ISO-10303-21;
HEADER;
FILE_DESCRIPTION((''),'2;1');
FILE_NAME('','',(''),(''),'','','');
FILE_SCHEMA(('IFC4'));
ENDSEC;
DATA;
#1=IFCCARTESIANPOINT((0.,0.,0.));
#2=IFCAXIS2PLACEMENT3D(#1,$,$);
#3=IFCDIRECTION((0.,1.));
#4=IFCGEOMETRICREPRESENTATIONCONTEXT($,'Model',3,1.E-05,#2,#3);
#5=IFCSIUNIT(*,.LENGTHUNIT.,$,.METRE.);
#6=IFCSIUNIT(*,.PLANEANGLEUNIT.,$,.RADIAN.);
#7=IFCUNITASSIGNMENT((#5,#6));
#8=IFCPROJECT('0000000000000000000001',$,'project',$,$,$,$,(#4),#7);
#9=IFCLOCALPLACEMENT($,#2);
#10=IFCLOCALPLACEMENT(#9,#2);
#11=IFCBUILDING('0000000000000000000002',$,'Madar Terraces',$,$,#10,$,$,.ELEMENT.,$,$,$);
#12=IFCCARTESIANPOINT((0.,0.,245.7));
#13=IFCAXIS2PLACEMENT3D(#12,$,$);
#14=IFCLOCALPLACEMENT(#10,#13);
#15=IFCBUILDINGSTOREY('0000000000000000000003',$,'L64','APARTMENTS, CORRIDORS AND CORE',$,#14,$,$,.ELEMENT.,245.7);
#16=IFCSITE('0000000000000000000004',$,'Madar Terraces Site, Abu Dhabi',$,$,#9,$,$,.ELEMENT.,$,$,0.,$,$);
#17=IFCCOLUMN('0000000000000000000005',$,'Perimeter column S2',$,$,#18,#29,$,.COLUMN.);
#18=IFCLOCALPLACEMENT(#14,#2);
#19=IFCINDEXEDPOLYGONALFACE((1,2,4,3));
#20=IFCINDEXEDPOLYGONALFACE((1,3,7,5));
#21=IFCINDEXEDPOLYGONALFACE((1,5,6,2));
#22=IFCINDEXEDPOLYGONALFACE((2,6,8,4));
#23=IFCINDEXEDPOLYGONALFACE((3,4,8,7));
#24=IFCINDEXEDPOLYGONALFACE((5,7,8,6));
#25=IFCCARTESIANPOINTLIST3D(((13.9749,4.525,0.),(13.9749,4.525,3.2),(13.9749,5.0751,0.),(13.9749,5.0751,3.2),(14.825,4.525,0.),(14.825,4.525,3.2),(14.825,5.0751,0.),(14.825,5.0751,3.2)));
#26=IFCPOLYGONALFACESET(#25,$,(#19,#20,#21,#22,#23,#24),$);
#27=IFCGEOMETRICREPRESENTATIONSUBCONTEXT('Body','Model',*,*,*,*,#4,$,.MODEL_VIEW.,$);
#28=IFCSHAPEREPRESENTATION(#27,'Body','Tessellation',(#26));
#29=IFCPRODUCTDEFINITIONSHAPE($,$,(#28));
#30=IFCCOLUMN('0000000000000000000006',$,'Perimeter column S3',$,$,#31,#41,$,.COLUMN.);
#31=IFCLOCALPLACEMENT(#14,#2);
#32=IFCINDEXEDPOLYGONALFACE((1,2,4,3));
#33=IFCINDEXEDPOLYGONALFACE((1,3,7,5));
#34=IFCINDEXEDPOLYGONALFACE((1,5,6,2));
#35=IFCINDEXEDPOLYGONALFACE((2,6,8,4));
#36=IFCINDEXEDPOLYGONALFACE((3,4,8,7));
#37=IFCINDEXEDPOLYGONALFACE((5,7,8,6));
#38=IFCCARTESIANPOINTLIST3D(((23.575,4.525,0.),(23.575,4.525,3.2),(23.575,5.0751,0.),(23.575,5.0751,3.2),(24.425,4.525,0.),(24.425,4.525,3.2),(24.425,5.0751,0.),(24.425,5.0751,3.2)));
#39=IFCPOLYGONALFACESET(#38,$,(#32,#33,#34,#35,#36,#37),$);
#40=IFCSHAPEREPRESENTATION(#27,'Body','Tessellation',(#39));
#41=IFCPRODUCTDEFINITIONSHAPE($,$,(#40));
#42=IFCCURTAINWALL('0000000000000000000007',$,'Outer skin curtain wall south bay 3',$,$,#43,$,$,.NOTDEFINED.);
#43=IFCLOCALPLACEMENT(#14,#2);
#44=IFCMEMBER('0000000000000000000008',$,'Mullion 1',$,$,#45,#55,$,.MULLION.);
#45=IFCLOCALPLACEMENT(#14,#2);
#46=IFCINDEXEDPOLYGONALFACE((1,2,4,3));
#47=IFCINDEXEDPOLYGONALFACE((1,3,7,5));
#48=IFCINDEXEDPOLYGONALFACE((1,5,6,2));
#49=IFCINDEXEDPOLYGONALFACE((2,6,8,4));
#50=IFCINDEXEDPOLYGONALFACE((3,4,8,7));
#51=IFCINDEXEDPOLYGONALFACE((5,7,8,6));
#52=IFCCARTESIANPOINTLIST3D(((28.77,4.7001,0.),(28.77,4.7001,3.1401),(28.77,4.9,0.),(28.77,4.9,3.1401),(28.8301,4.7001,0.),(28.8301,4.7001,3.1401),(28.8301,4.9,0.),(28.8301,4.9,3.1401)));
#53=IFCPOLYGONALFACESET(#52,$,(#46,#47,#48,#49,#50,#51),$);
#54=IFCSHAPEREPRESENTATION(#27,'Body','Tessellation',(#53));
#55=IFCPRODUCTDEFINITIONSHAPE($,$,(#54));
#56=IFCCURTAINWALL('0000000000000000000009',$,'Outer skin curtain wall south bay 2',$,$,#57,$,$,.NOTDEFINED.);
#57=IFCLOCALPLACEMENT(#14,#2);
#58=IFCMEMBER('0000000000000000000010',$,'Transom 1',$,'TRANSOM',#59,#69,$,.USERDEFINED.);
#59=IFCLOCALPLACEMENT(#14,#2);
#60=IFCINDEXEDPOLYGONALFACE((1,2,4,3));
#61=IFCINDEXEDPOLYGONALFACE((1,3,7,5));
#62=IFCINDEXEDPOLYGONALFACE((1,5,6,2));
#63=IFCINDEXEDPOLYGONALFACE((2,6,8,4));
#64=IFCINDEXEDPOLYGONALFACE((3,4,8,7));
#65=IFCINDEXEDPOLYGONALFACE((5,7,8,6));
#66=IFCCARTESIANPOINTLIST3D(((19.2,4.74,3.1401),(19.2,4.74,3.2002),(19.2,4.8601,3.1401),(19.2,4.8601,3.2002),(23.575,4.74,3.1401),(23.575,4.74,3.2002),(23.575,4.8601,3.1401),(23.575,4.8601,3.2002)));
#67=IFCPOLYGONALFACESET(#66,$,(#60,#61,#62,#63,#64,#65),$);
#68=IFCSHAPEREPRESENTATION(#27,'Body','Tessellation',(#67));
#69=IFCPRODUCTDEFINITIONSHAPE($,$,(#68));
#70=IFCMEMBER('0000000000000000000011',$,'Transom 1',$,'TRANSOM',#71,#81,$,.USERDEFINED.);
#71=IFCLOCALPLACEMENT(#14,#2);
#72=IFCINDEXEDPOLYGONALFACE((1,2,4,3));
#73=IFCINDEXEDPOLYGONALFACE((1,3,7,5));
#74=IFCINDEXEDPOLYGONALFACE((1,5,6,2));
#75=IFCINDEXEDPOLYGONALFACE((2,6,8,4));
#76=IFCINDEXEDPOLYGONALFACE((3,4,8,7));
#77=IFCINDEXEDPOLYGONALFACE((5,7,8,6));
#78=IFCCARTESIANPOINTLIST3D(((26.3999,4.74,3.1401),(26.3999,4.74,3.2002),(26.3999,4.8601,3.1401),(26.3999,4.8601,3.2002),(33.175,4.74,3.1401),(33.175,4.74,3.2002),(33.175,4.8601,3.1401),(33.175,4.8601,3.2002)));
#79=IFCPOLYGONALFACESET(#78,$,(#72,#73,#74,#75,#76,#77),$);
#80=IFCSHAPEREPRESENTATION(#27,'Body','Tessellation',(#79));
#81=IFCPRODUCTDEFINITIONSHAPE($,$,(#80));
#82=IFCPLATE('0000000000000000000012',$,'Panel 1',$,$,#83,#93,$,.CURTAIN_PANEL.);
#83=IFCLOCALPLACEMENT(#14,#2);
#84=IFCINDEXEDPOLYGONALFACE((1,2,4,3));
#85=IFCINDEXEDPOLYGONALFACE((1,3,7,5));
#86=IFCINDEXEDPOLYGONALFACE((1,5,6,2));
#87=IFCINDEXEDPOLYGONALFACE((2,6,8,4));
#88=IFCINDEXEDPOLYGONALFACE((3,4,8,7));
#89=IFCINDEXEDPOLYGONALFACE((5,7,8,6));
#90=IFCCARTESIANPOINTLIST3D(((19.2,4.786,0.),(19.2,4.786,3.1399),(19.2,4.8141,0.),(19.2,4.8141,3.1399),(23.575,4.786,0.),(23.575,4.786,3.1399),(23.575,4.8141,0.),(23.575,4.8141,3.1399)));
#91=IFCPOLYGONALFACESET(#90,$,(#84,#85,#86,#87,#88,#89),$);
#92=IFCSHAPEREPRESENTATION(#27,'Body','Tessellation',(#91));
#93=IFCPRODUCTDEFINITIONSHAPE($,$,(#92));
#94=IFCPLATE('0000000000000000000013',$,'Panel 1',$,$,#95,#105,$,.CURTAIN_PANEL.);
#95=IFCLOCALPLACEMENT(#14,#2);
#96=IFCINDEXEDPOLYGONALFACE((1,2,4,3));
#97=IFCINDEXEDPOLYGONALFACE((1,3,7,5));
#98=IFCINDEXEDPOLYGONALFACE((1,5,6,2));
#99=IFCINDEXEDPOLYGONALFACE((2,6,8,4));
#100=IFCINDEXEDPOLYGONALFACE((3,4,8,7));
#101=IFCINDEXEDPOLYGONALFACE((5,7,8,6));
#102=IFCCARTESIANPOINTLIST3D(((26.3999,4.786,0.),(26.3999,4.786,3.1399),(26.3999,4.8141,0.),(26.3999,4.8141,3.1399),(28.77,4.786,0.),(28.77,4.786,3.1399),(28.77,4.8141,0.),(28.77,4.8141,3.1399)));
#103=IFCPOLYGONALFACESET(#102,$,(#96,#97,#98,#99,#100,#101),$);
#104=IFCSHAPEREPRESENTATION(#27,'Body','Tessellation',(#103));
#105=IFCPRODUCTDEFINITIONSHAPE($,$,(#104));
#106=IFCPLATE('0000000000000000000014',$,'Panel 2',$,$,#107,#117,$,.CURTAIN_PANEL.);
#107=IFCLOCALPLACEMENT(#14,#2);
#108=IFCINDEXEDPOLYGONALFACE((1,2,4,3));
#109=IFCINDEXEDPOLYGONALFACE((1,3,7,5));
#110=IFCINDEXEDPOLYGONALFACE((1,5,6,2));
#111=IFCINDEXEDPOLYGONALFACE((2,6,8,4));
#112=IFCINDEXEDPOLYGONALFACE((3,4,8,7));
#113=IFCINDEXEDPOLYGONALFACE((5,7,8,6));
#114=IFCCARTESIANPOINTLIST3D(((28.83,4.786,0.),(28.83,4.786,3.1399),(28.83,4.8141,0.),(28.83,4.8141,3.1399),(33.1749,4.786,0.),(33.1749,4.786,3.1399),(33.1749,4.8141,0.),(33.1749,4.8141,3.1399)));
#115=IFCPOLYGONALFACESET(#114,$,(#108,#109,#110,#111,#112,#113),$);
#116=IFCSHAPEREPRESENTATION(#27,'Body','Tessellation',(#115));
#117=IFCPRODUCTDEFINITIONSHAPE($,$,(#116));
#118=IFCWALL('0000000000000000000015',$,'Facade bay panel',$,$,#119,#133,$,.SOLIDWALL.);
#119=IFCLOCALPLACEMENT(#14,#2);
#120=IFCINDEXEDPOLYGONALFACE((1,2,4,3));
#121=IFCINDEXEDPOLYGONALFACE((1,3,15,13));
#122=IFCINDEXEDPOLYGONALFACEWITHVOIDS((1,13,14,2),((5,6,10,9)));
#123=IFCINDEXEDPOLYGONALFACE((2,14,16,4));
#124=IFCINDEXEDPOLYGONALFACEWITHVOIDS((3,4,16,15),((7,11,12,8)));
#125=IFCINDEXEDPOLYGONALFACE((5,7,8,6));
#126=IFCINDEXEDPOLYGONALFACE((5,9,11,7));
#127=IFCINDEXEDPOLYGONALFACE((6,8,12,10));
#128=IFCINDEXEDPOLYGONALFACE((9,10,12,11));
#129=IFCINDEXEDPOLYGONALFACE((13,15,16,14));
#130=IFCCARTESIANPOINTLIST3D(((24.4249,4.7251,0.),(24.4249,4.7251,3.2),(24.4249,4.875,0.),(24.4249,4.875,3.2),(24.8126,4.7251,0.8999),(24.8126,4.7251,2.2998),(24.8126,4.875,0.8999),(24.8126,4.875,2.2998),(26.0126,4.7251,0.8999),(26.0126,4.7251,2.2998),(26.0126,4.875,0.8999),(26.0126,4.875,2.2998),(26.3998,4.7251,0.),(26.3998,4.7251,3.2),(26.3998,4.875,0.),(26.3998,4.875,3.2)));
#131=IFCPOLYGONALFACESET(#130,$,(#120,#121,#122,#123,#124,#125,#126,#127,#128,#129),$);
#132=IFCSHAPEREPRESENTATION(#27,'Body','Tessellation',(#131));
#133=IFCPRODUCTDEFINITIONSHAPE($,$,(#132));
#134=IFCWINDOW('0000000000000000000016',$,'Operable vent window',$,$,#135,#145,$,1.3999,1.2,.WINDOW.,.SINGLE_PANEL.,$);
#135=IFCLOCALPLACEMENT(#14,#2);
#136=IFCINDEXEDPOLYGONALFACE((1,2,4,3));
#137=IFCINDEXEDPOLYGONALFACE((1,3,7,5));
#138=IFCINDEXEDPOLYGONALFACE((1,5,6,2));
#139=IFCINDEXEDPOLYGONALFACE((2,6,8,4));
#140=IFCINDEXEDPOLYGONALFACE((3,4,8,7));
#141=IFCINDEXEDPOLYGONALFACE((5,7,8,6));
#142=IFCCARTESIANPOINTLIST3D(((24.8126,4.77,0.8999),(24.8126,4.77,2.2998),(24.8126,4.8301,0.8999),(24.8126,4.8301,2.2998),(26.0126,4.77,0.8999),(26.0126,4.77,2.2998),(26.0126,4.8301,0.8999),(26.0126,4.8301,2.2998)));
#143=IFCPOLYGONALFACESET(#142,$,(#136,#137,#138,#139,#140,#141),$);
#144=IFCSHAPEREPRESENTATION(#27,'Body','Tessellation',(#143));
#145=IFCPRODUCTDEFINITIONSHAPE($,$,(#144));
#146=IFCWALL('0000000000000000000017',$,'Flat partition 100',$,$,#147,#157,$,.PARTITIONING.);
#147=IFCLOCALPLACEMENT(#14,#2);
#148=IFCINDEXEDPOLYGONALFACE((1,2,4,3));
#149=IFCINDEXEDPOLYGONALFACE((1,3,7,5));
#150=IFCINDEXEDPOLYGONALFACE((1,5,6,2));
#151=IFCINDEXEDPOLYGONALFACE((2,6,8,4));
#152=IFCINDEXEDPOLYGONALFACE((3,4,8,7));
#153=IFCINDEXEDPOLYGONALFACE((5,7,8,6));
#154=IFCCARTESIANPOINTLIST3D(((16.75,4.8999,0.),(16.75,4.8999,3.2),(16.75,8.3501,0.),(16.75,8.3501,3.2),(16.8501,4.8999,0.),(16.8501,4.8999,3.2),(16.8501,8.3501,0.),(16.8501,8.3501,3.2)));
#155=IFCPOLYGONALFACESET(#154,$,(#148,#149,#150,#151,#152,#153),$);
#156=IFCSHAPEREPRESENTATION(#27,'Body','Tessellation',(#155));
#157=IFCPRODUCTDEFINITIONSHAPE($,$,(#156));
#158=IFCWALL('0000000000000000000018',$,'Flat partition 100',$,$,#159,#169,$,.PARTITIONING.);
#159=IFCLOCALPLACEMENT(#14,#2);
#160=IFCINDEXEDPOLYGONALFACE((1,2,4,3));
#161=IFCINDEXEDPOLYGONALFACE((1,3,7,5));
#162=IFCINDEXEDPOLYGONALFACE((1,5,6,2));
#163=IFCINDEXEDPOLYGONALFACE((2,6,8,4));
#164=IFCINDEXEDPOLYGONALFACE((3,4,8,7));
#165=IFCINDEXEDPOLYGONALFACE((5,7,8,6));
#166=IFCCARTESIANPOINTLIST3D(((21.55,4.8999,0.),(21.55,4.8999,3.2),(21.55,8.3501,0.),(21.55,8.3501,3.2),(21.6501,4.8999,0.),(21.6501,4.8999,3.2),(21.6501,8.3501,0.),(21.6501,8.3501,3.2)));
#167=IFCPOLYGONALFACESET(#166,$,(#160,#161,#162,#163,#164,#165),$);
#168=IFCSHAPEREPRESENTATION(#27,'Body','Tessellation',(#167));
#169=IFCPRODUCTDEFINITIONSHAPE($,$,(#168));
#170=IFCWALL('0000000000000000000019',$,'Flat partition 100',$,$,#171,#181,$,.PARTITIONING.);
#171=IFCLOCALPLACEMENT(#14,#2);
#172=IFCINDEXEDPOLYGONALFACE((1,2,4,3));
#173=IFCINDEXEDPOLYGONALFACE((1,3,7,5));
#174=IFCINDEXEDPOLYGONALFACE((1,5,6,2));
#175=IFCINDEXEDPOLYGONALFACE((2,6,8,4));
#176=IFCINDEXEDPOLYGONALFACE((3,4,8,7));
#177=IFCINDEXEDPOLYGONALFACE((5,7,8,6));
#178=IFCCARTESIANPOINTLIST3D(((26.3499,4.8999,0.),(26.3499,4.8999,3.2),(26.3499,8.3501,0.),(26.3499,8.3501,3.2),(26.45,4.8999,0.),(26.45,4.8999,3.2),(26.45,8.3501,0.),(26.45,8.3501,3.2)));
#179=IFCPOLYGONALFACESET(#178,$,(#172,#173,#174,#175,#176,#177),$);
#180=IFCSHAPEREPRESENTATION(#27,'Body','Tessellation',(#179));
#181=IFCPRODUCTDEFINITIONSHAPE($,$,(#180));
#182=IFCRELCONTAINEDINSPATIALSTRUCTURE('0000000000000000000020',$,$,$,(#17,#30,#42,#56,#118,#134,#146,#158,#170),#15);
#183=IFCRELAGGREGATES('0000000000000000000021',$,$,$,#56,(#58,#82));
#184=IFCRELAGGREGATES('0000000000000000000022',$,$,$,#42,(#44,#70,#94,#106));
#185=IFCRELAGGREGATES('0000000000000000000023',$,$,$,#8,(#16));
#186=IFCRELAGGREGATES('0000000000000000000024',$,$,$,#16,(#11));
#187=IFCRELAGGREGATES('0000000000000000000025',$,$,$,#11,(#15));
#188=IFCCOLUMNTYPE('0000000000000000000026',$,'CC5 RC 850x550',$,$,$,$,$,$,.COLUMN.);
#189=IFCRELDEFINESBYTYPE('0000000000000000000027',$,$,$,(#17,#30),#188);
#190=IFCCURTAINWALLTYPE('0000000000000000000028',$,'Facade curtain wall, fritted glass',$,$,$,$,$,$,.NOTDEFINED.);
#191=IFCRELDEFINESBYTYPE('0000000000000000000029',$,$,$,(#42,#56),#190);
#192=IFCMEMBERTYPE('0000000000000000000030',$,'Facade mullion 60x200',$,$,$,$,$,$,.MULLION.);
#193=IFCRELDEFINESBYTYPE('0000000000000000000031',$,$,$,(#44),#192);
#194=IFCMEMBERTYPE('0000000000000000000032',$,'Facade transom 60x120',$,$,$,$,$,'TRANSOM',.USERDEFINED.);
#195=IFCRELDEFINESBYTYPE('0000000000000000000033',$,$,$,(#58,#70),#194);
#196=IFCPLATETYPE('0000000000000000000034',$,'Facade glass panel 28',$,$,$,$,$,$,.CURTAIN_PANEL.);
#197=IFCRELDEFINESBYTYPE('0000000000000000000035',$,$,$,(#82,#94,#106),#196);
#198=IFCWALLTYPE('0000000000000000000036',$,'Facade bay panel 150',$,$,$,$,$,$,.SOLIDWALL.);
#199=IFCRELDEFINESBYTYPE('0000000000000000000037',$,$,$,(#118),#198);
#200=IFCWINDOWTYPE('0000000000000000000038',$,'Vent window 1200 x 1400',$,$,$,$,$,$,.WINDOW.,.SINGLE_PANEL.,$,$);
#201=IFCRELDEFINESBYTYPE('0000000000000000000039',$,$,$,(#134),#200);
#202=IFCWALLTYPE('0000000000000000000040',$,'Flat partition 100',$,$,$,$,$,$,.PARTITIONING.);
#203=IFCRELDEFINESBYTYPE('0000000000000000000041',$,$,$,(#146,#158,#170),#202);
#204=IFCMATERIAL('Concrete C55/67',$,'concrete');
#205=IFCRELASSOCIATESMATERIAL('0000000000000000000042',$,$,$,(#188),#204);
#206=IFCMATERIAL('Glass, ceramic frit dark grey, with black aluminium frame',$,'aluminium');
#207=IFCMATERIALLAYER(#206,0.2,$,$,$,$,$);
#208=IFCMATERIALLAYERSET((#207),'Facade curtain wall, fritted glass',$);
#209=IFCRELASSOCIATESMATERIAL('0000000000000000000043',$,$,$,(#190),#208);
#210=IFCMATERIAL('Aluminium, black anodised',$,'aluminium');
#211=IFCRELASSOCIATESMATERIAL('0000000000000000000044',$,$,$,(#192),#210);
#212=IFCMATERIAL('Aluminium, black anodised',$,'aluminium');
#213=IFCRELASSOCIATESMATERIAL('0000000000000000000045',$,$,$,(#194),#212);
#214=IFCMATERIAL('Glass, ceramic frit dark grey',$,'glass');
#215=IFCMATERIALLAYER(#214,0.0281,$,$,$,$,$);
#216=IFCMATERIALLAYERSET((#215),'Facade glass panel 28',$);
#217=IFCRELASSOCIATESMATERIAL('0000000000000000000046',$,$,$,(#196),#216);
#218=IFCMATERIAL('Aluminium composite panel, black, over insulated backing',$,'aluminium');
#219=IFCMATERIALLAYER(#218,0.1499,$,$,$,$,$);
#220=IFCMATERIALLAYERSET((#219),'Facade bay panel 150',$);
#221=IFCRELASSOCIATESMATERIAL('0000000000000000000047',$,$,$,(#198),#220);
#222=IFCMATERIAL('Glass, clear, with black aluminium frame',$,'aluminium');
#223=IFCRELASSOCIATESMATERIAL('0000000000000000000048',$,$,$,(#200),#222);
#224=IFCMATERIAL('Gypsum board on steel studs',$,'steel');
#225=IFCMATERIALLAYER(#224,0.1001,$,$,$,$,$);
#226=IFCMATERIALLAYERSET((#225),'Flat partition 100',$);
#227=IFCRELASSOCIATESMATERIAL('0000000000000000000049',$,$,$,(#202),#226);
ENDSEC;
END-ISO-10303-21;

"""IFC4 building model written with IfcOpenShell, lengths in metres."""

from ifc_helpers import new_model, si_unit, direction, frame, frame_2d, origin, origin_2d, place, context, subcontext, project, spatial, rectangle, extrude, material, layer, layer_set, material_profile, profile_set, type_object, element, fill, aggregate, save


model = new_model("IFC4")

# Units and contexts
model_context = context("Model", 3, precision=1e-05, world=origin(), true_north=direction((0.0, 1.0)))
body_context = subcontext(model_context, "Body", "Model", "MODEL_VIEW")
ifc_project = project(units=[si_unit("LENGTHUNIT", "METRE"), si_unit("PLANEANGLEUNIT", "RADIAN")], contexts=[model_context])

# Site, building, storey
site_placement = place(None, origin())
site = spatial("IfcSite", under=ifc_project, at=site_placement, Name="Madar Terraces Site, Abu Dhabi", CompositionType="ELEMENT", RefElevation=0.0)
building_placement = place(site_placement, origin())
building = spatial("IfcBuilding", under=site, at=building_placement, Name="Madar Terraces", CompositionType="ELEMENT")
storey_placement = place(building_placement, frame((0.0, 0.0, 245.7)))
storey = spatial("IfcBuildingStorey", under=building, at=storey_placement, Name="L64", Description="APARTMENTS, CORRIDORS AND CORE", CompositionType="ELEMENT", Elevation=245.7)

# Columns
ifc_material_1 = material(Name="Concrete C55/67", Category="concrete")
ifc_material_profile_1 = material_profile(ifc_material_1, rectangle(XDim=0.8501, YDim=0.55, at=origin_2d()), Name="CC5 RC 850x550")
ifc_profile_set_1 = profile_set([ifc_material_profile_1], Name="Concrete C55/67")
column_type = type_object("IfcColumnType", Name="CC5 RC 850x550", PredefinedType="COLUMN", material=ifc_profile_set_1)
for number, where, z_axis, x_axis, name in (
    (1, (14.3999, 4.8, 0.0), (0.0, 0.0, 1.0), (1.0, 0.0, 0.0), "Perimeter column S2"),
    (2, (24.0, 4.8, 0.0), (0.0, 0.0, 1.0), (1.0, 0.0, 0.0), "Perimeter column S3"),
):
    element("IfcColumn", number, at=place(storey_placement, frame(where, z_axis=z_axis, x_axis=x_axis)), inside=storey, type_object=column_type, Name=name, PredefinedType="COLUMN", context=body_context, shape_type="SweptSolid", body=[
        extrude(rectangle(XDim=0.8501, YDim=0.55, at=origin_2d()), origin(), (0.0, 0.0, 1.0), 3.2),
    ])

# Curtain walls, members
ifc_material_2 = material(Name="Glass, ceramic frit dark grey, with black aluminium frame", Category="aluminium")
ifc_layer_1 = layer(ifc_material_2, 0.2)
ifc_layer_set_1 = layer_set([ifc_layer_1], Name="Facade curtain wall, fritted glass")
curtain_wall_type = type_object("IfcCurtainWallType", Name="Facade curtain wall, fritted glass", PredefinedType="NOTDEFINED", material=ifc_layer_set_1)
curtain_wall_1_placement = place(storey_placement, origin())
curtain_wall_1 = element("IfcCurtainWall", 3, at=curtain_wall_1_placement, inside=storey, type_object=curtain_wall_type, Name="Outer skin curtain wall south bay 3", PredefinedType="NOTDEFINED")
ifc_material_3 = material(Name="Aluminium, black anodised", Category="aluminium")
ifc_material_profile_2 = material_profile(ifc_material_3, rectangle(XDim=0.2, YDim=0.0601, at=origin_2d()), Name="Facade mullion 60x200")
ifc_profile_set_2 = profile_set([ifc_material_profile_2], Name="Aluminium, black anodised")
member_type_1 = type_object("IfcMemberType", Name="Facade mullion 60x200", PredefinedType="MULLION", material=ifc_profile_set_2)
member_1_placement = place(storey_placement, frame((28.8, 4.8, 0.0), z_axis=(0.0, 0.0, 1.0), x_axis=(0.0, 1.0, 0.0)))
member_1 = element("IfcMember", 4, at=member_1_placement, type_object=member_type_1, Name="Mullion 1", PredefinedType="MULLION", context=body_context, shape_type="SweptSolid", body=[
    extrude(rectangle(XDim=0.2, YDim=0.0601, at=origin_2d()), origin(), (0.0, 0.0, 1.0), 3.1401),
])
curtain_wall_2_placement = place(storey_placement, origin())
curtain_wall_2 = element("IfcCurtainWall", 5, at=curtain_wall_2_placement, inside=storey, type_object=curtain_wall_type, Name="Outer skin curtain wall south bay 2", PredefinedType="NOTDEFINED")
ifc_material_4 = material(Name="Aluminium, black anodised", Category="aluminium")
ifc_material_profile_3 = material_profile(ifc_material_4, rectangle(XDim=0.1201, YDim=0.0601, at=origin_2d()), Name="Facade transom 60x120")
ifc_profile_set_3 = profile_set([ifc_material_profile_3], Name="Aluminium, black anodised")
member_type_2 = type_object("IfcMemberType", Name="Facade transom 60x120", ElementType="TRANSOM", PredefinedType="USERDEFINED", material=ifc_profile_set_3)
member_2_placement = place(storey_placement, frame((19.2, 4.8, 3.1702), z_axis=(1.0, 0.0, 0.0), x_axis=(0.0, 1.0, 0.0)))
member_2 = element("IfcMember", 6, at=member_2_placement, type_object=member_type_2, Name="Transom 1", ObjectType="TRANSOM", PredefinedType="USERDEFINED", context=body_context, shape_type="SweptSolid", body=[
    extrude(rectangle(XDim=0.1201, YDim=0.0601, at=origin_2d()), origin(), (0.0, 0.0, 1.0), 4.375),
])

# Member
member_3_placement = place(storey_placement, frame((26.3999, 4.8, 3.1702), z_axis=(1.0, 0.0, 0.0), x_axis=(0.0, 1.0, 0.0)))
member_3 = element("IfcMember", 7, at=member_3_placement, type_object=member_type_2, Name="Transom 1", ObjectType="TRANSOM", PredefinedType="USERDEFINED", context=body_context, shape_type="SweptSolid", body=[
    extrude(rectangle(XDim=0.1201, YDim=0.0601, at=origin_2d()), origin(), (0.0, 0.0, 1.0), 6.7751),
])

# Plates
ifc_material_5 = material(Name="Glass, ceramic frit dark grey", Category="glass")
ifc_layer_2 = layer(ifc_material_5, 0.0281)
ifc_layer_set_2 = layer_set([ifc_layer_2], Name="Facade glass panel 28")
plate_type = type_object("IfcPlateType", Name="Facade glass panel 28", PredefinedType="CURTAIN_PANEL", material=ifc_layer_set_2)
plate_1_placement = place(storey_placement, frame((21.3875, 4.8, 0.0), z_axis=(0.0, 0.0, 1.0), x_axis=(1.0, 0.0, 0.0)))
plate_1 = element("IfcPlate", 8, at=plate_1_placement, type_object=plate_type, Name="Panel 1", PredefinedType="CURTAIN_PANEL", context=body_context, shape_type="SweptSolid", body=[
    extrude(rectangle(XDim=4.375, YDim=0.0281, at=origin_2d()), origin(), (0.0, 0.0, 1.0), 3.1399),
])
aggregate(curtain_wall_2, [member_2, plate_1])
plate_2_placement = place(storey_placement, frame((27.585, 4.8, 0.0), z_axis=(0.0, 0.0, 1.0), x_axis=(1.0, 0.0, 0.0)))
plate_2 = element("IfcPlate", 9, at=plate_2_placement, type_object=plate_type, Name="Panel 1", PredefinedType="CURTAIN_PANEL", context=body_context, shape_type="SweptSolid", body=[
    extrude(rectangle(XDim=2.3701, YDim=0.0281, at=origin_2d()), origin(), (0.0, 0.0, 1.0), 3.1399),
])
plate_3_placement = place(storey_placement, frame((31.0024, 4.8, 0.0), z_axis=(0.0, 0.0, 1.0), x_axis=(1.0, 0.0, 0.0)))
plate_3 = element("IfcPlate", 10, at=plate_3_placement, type_object=plate_type, Name="Panel 2", PredefinedType="CURTAIN_PANEL", context=body_context, shape_type="SweptSolid", body=[
    extrude(rectangle(XDim=4.345, YDim=0.0281, at=origin_2d()), origin(), (0.0, 0.0, 1.0), 3.1399),
])
aggregate(curtain_wall_1, [member_1, member_3, plate_2, plate_3])

# Shared definitions
ifc_material_6 = material(Name="Aluminium composite panel, black, over insulated backing", Category="aluminium")
ifc_layer_3 = layer(ifc_material_6, 0.1499)
ifc_layer_set_3 = layer_set([ifc_layer_3], Name="Facade bay panel 150")
wall_type_1 = type_object("IfcWallType", Name="Facade bay panel 150", PredefinedType="SOLIDWALL", material=ifc_layer_set_3)
ifc_material_7 = material(Name="Glass, clear, with black aluminium frame", Category="aluminium")
window_type = type_object("IfcWindowType", Name="Vent window 1200 x 1400", PartitioningType="SINGLE_PANEL", PredefinedType="WINDOW", material=ifc_material_7)

# Wall, opening, window
wall_1_placement = place(storey_placement, frame((24.425, 4.8, 0.0), z_axis=(0.0, 0.0, 1.0), x_axis=(1.0, 0.0, 0.0)))
wall_1 = element("IfcWall", 11, at=wall_1_placement, inside=storey, type_object=wall_type_1, Name="Facade bay panel", PredefinedType="SOLIDWALL", context=body_context, shape_type="SweptSolid", body=[
    extrude(rectangle(XDim=1.9749, YDim=0.1499, at=frame_2d((0.9873, 0.0))), origin(), (0.0, 0.0, 1.0), 3.2),
])
opening_1_placement = place(wall_1_placement, frame((0.3875, 0.0, 0.8999)))
opening_1 = element("IfcOpeningElement", 12, at=opening_1_placement, cuts=wall_1, PredefinedType="OPENING", context=body_context, shape_type="SweptSolid", body=[
    extrude(rectangle(XDim=1.2, YDim=1.3999, at=frame_2d((0.6001, 0.7))), frame((0.0, 0.085, 0.0), z_axis=(0.0, -1.0, 0.0), x_axis=(1.0, 0.0, 0.0)), (0.0, 0.0, 1.0), 0.1699),
])
window_1_placement = place(opening_1_placement, origin())
window_1 = element("IfcWindow", 13, at=window_1_placement, inside=storey, type_object=window_type, Name="Operable vent window", OverallHeight=1.3999, OverallWidth=1.2, PartitioningType="SINGLE_PANEL", PredefinedType="WINDOW", context=body_context, shape_type="SweptSolid", body=[
    extrude(rectangle(XDim=1.2, YDim=1.3999, at=frame_2d((0.6001, 0.7))), frame((0.0, 0.03, 0.0), z_axis=(0.0, -1.0, 0.0), x_axis=(1.0, 0.0, 0.0)), (0.0, 0.0, 1.0), 0.0601),
])
fill(opening_1, window_1)

# Walls
ifc_material_8 = material(Name="Gypsum board on steel studs", Category="steel")
ifc_layer_4 = layer(ifc_material_8, 0.1001)
ifc_layer_set_4 = layer_set([ifc_layer_4], Name="Flat partition 100")
wall_type_2 = type_object("IfcWallType", Name="Flat partition 100", PredefinedType="PARTITIONING", material=ifc_layer_set_4)
for number, where, z_axis, x_axis, name in (
    (14, (16.8, 8.3501, 0.0), (0.0, 0.0, 1.0), (0.0, -1.0, 0.0), "Flat partition 100"),
    (15, (21.6001, 8.3501, 0.0), (0.0, 0.0, 1.0), (0.0, -1.0, 0.0), "Flat partition 100"),
    (16, (26.3999, 8.3501, 0.0), (0.0, 0.0, 1.0), (0.0, -1.0, 0.0), "Flat partition 100"),
):
    element("IfcWall", number, at=place(storey_placement, frame(where, z_axis=z_axis, x_axis=x_axis)), inside=storey, type_object=wall_type_2, Name=name, PredefinedType="PARTITIONING", context=body_context, shape_type="SweptSolid", body=[
        extrude(rectangle(XDim=3.4502, YDim=0.1001, at=frame_2d((1.7251, 0.0))), origin(), (0.0, 0.0, 1.0), 3.2),
    ])

save(model, "model.ifc")
